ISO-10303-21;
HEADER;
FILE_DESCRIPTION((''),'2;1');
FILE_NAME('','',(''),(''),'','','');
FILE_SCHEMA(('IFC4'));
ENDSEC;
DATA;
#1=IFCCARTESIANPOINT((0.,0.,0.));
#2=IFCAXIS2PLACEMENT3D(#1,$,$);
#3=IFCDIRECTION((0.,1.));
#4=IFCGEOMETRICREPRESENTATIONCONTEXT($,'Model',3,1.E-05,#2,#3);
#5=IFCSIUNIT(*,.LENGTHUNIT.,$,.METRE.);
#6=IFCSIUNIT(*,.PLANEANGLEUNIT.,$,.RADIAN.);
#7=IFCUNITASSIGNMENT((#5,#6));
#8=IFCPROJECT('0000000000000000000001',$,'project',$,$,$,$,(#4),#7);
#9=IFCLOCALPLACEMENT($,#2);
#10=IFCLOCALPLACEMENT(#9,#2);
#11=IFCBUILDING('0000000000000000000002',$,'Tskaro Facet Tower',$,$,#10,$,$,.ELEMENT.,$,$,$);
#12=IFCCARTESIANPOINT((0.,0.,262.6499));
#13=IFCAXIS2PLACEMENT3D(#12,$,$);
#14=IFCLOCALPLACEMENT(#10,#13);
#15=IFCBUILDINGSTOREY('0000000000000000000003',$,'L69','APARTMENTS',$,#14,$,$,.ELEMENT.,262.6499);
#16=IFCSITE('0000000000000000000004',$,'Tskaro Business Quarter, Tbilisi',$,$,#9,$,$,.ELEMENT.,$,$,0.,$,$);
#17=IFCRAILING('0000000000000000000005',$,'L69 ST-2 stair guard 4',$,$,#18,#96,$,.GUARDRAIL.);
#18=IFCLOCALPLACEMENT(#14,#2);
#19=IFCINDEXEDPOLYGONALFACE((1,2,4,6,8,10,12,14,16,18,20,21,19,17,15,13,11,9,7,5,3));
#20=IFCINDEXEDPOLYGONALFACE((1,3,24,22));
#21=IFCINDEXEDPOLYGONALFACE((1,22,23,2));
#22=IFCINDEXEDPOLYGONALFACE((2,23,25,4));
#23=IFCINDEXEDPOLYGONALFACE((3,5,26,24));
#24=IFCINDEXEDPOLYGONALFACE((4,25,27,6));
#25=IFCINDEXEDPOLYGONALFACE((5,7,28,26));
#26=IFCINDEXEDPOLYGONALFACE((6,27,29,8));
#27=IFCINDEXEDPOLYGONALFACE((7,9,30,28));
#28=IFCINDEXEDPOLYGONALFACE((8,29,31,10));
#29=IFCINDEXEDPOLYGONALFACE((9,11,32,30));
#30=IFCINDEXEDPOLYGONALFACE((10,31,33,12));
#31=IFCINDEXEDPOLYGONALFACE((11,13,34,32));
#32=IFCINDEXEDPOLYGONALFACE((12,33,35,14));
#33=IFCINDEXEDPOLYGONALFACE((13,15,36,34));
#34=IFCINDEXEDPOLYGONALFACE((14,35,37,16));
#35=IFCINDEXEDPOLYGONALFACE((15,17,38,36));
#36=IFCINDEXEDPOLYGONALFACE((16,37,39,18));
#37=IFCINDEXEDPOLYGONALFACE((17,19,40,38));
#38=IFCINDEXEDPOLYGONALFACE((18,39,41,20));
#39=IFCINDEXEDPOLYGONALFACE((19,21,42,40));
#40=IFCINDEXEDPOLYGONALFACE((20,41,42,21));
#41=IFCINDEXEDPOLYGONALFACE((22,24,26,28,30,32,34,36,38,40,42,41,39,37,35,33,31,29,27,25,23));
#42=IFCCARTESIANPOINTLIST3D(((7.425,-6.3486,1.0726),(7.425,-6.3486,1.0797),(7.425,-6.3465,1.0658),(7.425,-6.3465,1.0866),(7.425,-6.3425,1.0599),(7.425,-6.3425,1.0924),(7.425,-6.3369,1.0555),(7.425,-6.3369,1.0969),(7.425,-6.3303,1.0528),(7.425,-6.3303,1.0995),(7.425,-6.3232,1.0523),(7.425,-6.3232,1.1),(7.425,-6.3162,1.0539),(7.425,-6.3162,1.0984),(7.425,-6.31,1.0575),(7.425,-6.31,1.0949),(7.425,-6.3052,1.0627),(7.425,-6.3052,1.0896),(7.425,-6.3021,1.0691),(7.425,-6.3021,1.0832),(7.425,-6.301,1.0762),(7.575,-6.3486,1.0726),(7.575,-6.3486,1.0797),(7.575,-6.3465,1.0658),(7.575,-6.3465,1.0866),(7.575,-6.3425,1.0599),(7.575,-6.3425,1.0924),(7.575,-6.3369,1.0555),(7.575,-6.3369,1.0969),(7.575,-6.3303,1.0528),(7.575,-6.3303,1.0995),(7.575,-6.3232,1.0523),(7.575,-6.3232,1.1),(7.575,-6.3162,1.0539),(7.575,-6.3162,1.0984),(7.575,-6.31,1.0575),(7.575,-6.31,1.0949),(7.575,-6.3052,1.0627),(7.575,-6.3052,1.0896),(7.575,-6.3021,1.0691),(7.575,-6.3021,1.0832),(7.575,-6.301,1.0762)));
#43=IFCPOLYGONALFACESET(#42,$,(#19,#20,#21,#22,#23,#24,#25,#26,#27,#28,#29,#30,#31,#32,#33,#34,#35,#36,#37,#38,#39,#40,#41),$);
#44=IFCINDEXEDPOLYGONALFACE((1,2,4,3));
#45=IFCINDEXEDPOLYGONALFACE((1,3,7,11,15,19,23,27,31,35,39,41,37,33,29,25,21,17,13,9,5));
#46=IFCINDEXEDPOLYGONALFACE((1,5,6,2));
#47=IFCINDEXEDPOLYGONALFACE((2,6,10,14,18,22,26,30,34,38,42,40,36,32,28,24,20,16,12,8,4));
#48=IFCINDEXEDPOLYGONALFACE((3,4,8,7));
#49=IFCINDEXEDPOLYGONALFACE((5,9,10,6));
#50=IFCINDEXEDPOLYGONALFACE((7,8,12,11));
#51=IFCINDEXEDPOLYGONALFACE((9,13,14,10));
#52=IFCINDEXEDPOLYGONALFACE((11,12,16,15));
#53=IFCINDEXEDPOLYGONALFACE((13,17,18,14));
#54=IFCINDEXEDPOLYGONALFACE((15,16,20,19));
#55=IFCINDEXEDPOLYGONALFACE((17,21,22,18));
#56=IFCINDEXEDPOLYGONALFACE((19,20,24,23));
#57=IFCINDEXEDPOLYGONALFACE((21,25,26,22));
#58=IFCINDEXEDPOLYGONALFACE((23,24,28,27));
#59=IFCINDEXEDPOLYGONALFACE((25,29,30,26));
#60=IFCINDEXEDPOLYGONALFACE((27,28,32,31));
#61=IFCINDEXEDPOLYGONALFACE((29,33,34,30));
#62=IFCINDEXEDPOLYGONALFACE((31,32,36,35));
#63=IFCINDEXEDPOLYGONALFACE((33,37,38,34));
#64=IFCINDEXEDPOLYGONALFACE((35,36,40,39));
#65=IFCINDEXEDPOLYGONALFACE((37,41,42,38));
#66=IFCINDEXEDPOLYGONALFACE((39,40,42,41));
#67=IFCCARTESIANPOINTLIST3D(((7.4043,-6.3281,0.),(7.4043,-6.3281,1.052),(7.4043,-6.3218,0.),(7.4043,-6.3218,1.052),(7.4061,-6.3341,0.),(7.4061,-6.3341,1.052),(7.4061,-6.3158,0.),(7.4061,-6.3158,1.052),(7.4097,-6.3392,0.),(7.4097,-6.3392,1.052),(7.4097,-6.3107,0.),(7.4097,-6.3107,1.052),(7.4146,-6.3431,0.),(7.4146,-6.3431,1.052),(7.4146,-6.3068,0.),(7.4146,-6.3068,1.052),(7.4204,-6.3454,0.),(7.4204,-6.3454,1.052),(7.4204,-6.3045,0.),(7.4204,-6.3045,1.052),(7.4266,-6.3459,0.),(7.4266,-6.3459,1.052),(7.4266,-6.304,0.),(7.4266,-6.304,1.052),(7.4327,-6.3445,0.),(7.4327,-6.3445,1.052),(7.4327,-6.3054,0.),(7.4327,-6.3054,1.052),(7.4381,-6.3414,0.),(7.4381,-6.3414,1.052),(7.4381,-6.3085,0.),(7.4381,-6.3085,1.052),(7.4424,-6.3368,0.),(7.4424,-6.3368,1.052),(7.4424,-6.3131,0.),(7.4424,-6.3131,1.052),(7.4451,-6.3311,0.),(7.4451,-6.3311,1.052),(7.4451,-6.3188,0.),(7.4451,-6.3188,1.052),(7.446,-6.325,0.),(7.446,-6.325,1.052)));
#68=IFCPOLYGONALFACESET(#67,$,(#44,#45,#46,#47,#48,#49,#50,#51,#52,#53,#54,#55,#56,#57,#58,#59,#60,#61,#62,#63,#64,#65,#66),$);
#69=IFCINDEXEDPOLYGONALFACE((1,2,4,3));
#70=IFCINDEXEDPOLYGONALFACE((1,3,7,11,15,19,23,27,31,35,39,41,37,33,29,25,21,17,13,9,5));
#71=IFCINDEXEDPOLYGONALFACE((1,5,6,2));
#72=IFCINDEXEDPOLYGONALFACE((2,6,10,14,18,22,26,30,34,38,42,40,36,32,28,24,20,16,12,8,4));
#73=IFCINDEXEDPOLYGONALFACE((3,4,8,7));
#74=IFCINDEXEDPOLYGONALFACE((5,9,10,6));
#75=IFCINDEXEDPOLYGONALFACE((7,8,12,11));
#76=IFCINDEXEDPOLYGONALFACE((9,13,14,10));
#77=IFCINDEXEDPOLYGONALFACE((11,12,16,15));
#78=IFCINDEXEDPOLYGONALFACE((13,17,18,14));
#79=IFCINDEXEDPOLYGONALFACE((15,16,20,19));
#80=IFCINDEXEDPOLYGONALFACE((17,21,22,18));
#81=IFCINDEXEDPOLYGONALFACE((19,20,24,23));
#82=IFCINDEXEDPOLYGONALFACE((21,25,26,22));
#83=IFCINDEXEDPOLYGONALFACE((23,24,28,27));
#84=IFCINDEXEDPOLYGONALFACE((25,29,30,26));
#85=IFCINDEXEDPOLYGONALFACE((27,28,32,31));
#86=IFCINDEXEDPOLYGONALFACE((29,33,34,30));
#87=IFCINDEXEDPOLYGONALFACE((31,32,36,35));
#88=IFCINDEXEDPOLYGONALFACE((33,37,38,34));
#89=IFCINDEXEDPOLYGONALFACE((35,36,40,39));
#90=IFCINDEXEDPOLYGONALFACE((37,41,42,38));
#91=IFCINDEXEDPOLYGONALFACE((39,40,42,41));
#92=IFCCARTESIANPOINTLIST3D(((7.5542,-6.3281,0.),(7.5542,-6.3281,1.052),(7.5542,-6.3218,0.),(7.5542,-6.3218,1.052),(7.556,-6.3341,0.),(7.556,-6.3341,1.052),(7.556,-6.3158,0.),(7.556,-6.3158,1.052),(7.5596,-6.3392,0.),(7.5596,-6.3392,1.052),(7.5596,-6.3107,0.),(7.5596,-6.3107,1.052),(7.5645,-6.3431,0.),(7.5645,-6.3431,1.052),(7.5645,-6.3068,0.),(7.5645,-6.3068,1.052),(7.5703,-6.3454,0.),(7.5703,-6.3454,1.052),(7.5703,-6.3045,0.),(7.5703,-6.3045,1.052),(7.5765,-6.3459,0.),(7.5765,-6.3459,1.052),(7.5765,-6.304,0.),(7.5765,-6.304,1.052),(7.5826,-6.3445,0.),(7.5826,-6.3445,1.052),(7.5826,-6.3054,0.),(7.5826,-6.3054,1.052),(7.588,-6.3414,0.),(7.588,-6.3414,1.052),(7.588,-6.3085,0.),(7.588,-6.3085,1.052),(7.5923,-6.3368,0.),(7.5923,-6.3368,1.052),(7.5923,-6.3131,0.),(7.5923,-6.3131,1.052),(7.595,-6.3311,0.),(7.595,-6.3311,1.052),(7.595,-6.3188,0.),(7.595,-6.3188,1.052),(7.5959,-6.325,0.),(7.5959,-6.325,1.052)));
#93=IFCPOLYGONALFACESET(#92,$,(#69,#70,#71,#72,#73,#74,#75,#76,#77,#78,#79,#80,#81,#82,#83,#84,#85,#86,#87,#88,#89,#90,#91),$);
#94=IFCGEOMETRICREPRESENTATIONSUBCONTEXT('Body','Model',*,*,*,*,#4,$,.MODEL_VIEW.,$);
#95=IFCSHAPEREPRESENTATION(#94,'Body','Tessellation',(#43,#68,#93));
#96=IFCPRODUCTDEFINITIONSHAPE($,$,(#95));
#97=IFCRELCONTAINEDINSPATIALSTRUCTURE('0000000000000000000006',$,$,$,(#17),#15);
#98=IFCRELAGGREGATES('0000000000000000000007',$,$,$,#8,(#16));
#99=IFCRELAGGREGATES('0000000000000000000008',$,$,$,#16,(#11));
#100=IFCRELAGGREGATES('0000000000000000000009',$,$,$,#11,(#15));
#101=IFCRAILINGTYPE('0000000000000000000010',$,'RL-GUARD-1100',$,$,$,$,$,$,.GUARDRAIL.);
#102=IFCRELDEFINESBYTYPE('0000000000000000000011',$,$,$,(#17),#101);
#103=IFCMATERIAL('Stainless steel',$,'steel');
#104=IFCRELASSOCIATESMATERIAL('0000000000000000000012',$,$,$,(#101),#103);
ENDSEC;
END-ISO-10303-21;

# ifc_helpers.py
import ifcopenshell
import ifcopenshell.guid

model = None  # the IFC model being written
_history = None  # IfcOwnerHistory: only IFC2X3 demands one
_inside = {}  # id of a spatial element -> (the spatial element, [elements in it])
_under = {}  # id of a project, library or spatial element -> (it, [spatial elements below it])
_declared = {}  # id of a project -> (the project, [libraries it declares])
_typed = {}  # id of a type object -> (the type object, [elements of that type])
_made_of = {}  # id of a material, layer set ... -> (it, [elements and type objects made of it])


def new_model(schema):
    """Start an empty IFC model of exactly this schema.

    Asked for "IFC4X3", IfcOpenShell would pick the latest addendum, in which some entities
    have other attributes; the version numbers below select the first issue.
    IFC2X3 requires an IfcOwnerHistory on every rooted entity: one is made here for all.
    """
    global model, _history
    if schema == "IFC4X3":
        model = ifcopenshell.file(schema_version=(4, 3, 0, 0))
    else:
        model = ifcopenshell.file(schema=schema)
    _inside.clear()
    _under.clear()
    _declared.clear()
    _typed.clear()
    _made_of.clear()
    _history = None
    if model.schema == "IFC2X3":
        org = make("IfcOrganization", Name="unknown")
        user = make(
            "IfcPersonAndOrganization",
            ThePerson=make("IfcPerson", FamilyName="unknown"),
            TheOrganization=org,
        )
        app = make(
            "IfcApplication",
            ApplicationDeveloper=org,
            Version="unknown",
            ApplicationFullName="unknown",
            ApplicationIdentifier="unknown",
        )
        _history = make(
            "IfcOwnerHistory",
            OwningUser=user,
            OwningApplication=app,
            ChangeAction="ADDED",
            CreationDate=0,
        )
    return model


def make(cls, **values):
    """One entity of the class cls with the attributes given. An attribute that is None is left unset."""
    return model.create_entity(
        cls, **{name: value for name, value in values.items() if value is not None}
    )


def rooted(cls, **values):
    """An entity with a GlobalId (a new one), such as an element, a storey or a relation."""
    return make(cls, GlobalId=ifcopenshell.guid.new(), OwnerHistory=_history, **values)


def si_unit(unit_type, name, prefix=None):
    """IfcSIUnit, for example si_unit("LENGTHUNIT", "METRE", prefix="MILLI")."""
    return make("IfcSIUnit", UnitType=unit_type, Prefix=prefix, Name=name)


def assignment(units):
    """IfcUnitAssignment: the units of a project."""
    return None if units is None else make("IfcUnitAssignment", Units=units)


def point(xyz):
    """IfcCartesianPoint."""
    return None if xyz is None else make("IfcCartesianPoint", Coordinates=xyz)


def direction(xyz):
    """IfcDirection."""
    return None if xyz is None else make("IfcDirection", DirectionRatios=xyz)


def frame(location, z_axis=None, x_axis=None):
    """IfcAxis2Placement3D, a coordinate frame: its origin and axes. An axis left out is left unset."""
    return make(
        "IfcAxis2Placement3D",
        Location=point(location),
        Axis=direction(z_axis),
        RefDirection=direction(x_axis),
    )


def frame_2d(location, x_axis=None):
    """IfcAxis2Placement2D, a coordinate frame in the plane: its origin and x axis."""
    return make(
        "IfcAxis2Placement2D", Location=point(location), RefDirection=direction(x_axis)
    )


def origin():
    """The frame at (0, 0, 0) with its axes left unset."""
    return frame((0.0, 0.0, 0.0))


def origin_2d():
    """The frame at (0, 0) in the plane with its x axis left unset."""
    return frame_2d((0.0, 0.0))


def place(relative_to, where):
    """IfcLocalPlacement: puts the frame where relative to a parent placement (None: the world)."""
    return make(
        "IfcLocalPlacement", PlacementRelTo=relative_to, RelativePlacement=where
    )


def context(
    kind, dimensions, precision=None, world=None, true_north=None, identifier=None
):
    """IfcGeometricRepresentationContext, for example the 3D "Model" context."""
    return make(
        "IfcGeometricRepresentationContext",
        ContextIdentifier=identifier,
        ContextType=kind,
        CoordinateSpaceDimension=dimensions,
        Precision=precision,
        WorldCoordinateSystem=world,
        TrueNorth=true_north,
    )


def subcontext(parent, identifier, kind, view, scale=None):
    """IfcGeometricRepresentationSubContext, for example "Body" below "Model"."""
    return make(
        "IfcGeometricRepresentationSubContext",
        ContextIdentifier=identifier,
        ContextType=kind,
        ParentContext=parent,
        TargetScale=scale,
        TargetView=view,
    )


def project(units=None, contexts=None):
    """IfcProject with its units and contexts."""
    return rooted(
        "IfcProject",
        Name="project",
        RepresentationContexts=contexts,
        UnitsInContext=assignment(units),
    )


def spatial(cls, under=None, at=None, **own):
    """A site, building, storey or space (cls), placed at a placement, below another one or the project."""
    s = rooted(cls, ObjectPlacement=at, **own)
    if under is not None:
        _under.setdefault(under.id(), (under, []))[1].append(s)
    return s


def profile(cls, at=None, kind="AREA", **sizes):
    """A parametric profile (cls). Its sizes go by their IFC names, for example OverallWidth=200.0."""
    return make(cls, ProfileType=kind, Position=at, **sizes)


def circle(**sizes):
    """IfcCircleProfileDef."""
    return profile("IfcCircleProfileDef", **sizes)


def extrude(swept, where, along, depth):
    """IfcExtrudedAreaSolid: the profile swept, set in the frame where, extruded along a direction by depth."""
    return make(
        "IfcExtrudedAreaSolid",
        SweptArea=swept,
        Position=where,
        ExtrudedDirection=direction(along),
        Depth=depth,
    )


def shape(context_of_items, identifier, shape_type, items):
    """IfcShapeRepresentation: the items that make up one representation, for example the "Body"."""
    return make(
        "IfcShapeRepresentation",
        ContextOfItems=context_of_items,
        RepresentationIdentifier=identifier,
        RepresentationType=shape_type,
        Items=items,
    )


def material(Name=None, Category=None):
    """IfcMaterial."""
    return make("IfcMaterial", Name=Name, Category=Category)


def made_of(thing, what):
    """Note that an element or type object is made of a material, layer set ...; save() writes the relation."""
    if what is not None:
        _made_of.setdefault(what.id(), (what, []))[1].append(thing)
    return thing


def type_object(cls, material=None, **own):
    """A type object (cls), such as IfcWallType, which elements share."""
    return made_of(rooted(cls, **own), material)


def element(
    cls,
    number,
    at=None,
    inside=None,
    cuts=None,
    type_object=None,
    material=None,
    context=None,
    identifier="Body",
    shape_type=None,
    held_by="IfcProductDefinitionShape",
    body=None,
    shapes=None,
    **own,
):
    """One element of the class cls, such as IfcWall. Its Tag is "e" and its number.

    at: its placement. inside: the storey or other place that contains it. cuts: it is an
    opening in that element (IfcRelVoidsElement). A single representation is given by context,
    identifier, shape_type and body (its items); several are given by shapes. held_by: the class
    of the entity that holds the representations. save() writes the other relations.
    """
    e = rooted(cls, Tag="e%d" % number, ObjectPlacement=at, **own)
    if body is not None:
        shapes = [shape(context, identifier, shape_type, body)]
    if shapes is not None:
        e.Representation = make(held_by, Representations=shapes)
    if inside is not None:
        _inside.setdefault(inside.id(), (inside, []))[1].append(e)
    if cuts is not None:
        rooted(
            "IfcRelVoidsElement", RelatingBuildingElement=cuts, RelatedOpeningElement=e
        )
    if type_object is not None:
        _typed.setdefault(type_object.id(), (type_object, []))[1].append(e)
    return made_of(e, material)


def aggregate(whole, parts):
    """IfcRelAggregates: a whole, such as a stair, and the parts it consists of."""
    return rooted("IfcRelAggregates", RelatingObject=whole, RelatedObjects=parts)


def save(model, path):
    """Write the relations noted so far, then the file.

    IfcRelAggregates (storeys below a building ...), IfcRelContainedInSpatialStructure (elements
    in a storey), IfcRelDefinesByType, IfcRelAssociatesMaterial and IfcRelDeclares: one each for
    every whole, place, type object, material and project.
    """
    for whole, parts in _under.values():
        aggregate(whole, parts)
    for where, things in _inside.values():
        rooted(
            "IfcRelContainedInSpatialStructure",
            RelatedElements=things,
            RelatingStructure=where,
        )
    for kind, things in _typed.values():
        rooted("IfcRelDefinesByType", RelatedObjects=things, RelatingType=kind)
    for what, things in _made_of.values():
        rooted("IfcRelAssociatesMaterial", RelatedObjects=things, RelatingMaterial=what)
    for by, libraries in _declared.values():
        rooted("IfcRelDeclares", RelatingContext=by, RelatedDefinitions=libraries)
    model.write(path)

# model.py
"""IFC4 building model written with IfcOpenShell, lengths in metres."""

from ifc_helpers import new_model, si_unit, direction, frame, origin, origin_2d, place, context, subcontext, project, spatial, circle, extrude, material, type_object, element, save


model = new_model("IFC4")

# Units and contexts
model_context = context("Model", 3, precision=1e-05, world=origin(), true_north=direction((0.0, 1.0)))
body_context = subcontext(model_context, "Body", "Model", "MODEL_VIEW")
ifc_project = project(units=[si_unit("LENGTHUNIT", "METRE"), si_unit("PLANEANGLEUNIT", "RADIAN")], contexts=[model_context])

# Site, building, storey
site_placement = place(None, origin())
site = spatial("IfcSite", under=ifc_project, at=site_placement, Name="Tskaro Business Quarter, Tbilisi", CompositionType="ELEMENT", RefElevation=0.0)
building_placement = place(site_placement, origin())
building = spatial("IfcBuilding", under=site, at=building_placement, Name="Tskaro Facet Tower", CompositionType="ELEMENT")
storey_placement = place(building_placement, frame((0.0, 0.0, 262.6499)))
storey = spatial("IfcBuildingStorey", under=building, at=storey_placement, Name="L69", Description="APARTMENTS", CompositionType="ELEMENT", Elevation=262.6499)

# Railing
ifc_material_1 = material(Name="Stainless steel", Category="steel")
railing_type_1 = type_object("IfcRailingType", Name="RL-GUARD-1100", PredefinedType="GUARDRAIL", material=ifc_material_1)
railing_1_placement = place(storey_placement, frame((7.425, -6.325, 0.0)))
element("IfcRailing", 1, at=railing_1_placement, inside=storey, type_object=railing_type_1, Name="L69 ST-2 stair guard 4", PredefinedType="GUARDRAIL", context=body_context, shape_type="SweptSolid", body=[
    extrude(circle(Radius=0.0239, at=origin_2d()), frame((0.0, 0.0, 1.0762), z_axis=(1.0, 0.0, 0.0), x_axis=(0.0, 1.0, 0.0)), (0.0, 0.0, 1.0), 0.1499),
    extrude(circle(Radius=0.021, at=origin_2d()), origin(), (0.0, 0.0, 1.0), 1.052),
    extrude(circle(Radius=0.021, at=origin_2d()), frame((0.1499, 0.0, 0.0)), (0.0, 0.0, 1.0), 1.052),
])

save(model, "model.ifc")
